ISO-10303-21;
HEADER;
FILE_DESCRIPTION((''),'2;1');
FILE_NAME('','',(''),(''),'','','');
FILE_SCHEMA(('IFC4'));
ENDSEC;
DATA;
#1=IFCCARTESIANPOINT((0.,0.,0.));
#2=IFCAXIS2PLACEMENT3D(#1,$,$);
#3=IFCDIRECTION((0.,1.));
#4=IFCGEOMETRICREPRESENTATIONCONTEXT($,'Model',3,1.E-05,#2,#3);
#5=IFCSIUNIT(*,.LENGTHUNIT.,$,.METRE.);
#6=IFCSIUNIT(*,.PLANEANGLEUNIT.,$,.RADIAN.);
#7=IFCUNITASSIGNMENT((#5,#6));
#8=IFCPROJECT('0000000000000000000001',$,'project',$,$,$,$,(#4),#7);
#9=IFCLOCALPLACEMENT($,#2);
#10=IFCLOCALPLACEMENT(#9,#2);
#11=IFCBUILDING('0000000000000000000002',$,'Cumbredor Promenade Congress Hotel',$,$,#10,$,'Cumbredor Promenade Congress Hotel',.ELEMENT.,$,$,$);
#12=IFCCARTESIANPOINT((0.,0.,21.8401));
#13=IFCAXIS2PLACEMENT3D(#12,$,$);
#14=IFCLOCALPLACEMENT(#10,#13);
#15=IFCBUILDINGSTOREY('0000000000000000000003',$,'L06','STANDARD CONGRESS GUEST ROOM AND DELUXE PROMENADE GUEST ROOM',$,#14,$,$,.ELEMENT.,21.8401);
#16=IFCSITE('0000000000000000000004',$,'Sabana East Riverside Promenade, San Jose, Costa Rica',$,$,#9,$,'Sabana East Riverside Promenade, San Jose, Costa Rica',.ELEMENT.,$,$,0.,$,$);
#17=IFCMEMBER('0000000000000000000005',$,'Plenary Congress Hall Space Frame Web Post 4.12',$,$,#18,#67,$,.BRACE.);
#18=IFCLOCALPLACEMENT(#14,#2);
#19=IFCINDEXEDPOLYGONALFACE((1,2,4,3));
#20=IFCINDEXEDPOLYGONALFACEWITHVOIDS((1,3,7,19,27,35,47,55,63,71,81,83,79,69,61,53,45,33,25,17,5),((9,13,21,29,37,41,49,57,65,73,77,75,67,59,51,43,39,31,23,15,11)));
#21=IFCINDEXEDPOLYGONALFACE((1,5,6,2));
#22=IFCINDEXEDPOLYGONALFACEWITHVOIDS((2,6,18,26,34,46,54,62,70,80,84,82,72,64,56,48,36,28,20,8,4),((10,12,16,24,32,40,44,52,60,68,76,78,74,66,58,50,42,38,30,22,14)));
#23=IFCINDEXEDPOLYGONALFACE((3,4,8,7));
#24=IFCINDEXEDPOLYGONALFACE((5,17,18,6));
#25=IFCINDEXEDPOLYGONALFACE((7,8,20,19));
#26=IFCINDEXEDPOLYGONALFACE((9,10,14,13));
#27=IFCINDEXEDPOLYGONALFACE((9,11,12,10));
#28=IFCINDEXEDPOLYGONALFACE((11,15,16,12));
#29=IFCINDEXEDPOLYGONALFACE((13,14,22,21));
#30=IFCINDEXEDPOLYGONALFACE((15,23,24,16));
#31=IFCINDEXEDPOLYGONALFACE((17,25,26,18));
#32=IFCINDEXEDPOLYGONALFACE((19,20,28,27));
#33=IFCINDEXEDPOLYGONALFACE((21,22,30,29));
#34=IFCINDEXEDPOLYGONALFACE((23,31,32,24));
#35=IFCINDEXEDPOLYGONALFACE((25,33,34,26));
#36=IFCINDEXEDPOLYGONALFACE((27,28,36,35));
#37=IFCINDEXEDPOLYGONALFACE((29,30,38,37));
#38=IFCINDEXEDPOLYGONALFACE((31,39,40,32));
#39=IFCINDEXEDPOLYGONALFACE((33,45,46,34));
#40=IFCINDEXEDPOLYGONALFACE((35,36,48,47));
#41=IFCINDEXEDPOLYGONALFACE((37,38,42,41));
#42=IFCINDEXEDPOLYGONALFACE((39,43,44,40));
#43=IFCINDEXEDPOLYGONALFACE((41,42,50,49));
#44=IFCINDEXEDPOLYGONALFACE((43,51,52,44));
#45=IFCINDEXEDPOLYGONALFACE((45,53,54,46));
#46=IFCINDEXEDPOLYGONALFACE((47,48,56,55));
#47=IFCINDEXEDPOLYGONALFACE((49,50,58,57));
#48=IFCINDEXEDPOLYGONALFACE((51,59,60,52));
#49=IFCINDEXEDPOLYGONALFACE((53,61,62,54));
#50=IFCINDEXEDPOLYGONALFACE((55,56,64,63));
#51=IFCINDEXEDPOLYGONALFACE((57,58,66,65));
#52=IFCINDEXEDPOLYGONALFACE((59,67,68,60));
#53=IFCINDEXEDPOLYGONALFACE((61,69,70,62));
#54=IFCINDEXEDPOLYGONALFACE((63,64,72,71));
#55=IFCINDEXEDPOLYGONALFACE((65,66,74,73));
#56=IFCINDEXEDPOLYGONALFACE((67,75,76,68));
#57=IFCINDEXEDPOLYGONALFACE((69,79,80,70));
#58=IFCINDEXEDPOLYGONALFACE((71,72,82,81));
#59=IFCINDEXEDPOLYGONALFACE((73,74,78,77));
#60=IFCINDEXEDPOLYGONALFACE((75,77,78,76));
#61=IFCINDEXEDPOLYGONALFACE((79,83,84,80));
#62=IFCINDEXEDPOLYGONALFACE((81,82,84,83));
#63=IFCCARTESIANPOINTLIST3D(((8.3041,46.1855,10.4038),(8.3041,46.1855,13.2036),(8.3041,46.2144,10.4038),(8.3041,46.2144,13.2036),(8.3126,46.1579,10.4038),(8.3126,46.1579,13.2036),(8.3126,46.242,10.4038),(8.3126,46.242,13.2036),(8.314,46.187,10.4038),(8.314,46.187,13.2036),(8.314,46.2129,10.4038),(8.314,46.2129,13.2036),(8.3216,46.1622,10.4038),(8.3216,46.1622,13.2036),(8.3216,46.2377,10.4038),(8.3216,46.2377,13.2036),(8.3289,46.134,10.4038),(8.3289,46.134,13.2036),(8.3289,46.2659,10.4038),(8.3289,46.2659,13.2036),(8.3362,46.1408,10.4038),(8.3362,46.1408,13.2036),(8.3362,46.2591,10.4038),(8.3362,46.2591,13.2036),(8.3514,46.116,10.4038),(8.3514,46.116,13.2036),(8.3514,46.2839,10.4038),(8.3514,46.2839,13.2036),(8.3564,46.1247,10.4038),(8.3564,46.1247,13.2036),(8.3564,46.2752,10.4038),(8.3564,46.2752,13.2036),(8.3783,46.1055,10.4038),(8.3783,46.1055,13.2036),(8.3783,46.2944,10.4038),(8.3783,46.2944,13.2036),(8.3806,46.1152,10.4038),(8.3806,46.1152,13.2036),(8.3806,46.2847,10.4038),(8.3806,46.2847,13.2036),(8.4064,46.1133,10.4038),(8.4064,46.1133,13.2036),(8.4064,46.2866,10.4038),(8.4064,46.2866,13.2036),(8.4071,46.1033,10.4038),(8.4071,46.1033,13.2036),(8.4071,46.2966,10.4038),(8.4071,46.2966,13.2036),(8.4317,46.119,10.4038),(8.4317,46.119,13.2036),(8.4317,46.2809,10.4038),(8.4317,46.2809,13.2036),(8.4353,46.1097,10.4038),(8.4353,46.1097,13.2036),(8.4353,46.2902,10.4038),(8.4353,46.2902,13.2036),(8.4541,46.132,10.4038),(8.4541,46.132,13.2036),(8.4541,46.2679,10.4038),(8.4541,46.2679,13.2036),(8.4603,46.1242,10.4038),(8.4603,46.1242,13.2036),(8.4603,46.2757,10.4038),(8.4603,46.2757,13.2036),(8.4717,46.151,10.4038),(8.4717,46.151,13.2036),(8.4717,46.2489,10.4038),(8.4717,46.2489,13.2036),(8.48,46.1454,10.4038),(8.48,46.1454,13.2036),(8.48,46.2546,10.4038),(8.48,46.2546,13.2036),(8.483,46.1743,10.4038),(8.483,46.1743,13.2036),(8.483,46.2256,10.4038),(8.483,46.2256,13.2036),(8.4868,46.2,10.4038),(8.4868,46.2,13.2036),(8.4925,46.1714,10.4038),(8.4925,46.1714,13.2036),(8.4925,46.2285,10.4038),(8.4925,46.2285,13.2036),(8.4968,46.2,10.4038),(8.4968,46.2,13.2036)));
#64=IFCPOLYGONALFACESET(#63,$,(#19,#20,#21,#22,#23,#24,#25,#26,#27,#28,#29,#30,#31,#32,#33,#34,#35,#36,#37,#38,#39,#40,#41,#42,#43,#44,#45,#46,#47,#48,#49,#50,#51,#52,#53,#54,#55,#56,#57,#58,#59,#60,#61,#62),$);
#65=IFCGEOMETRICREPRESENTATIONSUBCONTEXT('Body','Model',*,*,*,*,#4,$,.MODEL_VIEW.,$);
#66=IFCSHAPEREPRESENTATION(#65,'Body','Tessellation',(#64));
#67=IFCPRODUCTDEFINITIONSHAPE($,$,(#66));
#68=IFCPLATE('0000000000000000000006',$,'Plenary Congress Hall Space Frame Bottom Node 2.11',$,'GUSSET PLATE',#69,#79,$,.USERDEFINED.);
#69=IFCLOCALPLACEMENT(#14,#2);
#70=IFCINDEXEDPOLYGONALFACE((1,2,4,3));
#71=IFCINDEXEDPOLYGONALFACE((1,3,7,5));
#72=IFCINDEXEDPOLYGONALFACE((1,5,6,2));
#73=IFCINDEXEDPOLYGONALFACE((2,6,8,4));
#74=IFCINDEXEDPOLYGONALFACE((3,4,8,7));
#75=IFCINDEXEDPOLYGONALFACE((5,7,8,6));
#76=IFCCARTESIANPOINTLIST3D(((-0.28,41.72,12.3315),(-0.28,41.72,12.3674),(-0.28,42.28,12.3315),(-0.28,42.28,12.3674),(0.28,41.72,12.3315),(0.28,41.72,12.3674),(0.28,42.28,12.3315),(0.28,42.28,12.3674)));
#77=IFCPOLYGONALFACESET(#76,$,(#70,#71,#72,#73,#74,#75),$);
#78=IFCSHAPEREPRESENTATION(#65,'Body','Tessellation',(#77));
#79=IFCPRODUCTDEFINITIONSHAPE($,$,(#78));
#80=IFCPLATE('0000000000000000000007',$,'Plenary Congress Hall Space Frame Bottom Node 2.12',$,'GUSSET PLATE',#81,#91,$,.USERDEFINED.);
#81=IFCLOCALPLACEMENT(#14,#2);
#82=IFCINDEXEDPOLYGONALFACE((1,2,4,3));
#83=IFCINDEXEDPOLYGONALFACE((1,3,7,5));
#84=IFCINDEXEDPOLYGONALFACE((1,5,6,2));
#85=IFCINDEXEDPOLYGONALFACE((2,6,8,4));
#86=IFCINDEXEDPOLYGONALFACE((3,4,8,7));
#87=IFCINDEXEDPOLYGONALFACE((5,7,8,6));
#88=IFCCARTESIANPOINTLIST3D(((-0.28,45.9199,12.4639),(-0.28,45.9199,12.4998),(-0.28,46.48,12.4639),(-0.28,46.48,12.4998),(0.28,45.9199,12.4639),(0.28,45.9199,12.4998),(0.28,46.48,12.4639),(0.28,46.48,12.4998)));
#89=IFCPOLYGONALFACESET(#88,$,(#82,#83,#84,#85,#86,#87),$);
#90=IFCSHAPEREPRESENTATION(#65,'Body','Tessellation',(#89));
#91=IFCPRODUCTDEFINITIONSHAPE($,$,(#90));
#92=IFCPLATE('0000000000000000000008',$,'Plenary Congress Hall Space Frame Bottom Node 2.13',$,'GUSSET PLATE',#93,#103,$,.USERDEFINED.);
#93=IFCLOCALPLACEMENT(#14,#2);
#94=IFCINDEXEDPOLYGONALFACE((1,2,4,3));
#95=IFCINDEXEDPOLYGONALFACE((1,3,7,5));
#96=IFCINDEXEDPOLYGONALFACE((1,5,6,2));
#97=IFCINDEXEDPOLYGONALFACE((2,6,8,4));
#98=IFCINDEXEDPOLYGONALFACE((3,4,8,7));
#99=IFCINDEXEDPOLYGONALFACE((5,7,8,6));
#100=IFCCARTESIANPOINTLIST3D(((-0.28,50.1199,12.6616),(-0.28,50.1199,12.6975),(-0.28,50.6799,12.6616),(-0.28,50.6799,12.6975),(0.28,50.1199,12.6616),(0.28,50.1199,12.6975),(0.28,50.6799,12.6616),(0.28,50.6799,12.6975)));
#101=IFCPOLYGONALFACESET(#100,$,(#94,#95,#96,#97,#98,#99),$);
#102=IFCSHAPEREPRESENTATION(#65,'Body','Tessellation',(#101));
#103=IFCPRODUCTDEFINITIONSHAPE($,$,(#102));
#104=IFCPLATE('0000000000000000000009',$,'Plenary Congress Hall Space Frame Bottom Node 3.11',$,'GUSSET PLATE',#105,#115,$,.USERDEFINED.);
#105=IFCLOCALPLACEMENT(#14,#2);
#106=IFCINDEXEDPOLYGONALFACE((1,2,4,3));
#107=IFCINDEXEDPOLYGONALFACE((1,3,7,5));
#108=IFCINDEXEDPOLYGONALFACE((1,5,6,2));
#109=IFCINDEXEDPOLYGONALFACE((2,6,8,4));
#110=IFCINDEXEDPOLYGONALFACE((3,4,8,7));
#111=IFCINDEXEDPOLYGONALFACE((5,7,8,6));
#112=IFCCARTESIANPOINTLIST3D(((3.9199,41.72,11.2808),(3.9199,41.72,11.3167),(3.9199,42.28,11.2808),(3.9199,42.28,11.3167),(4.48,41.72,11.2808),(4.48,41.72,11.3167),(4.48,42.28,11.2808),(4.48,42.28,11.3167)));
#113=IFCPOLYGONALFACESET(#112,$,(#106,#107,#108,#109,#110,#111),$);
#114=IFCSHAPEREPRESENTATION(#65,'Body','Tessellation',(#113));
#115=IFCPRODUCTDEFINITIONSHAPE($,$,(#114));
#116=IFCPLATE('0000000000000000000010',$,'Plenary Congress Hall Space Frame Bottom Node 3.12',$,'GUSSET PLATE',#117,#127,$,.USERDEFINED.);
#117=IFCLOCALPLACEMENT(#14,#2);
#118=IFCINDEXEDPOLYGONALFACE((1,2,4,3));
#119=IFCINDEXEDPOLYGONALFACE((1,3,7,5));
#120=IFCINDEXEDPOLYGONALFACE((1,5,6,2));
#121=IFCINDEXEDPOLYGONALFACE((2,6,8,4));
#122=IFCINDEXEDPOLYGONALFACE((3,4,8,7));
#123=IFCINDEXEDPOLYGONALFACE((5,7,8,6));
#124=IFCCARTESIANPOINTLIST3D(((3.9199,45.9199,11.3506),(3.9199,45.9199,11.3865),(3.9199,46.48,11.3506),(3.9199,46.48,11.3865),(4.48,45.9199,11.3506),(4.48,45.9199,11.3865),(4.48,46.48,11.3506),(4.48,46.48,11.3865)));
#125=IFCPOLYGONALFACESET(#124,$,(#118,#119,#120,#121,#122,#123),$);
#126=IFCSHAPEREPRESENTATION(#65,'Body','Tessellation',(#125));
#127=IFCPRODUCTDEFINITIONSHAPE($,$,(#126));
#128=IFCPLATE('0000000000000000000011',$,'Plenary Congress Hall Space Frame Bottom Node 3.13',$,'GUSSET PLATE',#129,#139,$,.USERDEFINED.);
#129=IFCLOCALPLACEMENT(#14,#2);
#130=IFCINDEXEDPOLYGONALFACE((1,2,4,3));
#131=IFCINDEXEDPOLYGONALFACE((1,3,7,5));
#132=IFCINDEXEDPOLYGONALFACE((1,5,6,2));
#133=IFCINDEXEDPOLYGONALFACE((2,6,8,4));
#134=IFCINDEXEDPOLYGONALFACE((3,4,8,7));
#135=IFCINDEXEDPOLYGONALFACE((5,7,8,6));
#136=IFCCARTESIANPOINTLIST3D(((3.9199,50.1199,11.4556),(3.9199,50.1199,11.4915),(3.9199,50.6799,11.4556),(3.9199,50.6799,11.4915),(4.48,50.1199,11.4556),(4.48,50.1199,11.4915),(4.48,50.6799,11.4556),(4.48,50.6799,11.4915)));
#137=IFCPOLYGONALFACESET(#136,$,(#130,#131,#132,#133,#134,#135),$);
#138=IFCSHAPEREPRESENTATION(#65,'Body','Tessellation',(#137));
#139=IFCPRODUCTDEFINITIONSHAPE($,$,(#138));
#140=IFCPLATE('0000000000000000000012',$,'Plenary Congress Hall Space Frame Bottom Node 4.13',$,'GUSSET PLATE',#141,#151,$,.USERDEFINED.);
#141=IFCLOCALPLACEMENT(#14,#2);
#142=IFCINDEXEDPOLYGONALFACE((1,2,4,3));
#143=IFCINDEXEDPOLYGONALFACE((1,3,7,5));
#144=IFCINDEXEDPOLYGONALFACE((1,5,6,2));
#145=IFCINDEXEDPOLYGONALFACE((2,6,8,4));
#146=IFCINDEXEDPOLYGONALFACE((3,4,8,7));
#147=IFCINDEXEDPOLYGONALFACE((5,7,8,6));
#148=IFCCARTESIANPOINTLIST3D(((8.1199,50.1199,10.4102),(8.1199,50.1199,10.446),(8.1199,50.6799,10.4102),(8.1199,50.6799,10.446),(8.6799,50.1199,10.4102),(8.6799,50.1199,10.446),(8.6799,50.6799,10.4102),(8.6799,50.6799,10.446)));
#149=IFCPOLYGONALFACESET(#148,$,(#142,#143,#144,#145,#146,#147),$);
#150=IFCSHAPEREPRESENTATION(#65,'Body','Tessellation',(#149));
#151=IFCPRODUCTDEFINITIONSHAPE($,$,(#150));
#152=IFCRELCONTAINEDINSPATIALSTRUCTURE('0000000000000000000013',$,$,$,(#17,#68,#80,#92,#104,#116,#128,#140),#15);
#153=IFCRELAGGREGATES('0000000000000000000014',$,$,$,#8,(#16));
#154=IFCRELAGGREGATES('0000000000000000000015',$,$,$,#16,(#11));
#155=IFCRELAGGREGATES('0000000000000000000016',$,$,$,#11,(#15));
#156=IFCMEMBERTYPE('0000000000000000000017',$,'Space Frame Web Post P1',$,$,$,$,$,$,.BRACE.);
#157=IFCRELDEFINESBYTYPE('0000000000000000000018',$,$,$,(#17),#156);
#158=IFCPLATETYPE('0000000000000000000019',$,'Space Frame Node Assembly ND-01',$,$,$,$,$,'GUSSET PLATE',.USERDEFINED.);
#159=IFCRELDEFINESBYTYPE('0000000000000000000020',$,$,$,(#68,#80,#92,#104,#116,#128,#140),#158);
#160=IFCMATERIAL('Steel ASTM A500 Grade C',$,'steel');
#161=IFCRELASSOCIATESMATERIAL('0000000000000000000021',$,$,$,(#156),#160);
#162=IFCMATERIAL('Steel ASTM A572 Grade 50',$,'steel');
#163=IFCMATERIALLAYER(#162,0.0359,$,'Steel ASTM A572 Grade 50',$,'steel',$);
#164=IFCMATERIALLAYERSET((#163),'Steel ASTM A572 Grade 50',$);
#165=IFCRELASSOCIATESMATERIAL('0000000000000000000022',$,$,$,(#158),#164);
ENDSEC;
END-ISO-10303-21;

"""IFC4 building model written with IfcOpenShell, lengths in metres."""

from ifc_helpers import new_model, si_unit, direction, frame, origin, origin_2d, place, context, subcontext, project, spatial, rectangle, hollow_circle, extrude, material, layer, layer_set, material_profile, profile_set, type_object, element, save


model = new_model("IFC4")

# Units and contexts
model_context = context("Model", 3, precision=1e-05, world=origin(), true_north=direction((0.0, 1.0)))
body_context = subcontext(model_context, "Body", "Model", "MODEL_VIEW")
ifc_project = project(units=[si_unit("LENGTHUNIT", "METRE"), si_unit("PLANEANGLEUNIT", "RADIAN")], contexts=[model_context])

# Site, building, storey
site_placement = place(None, origin())
site = spatial("IfcSite", under=ifc_project, at=site_placement, Name="Sabana East Riverside Promenade, San Jose, Costa Rica", LongName="Sabana East Riverside Promenade, San Jose, Costa Rica", CompositionType="ELEMENT", RefElevation=0.0)
building_placement = place(site_placement, origin())
building = spatial("IfcBuilding", under=site, at=building_placement, Name="Cumbredor Promenade Congress Hotel", LongName="Cumbredor Promenade Congress Hotel", CompositionType="ELEMENT")
storey_placement = place(building_placement, frame((0.0, 0.0, 21.8401)))
storey = spatial("IfcBuildingStorey", under=building, at=storey_placement, Name="L06", Description="STANDARD CONGRESS GUEST ROOM AND DELUXE PROMENADE GUEST ROOM", CompositionType="ELEMENT", Elevation=21.8401)

# Member
ifc_material_1 = material(Name="Steel ASTM A500 Grade C", Category="steel")
ifc_material_profile_1 = material_profile(ifc_material_1, hollow_circle(Radius=0.0969, WallThickness=0.01, at=origin_2d()), Name="CHS 193.7x10")
ifc_profile_set_1 = profile_set([ifc_material_profile_1], Name="Steel ASTM A500 Grade C")
member_type_1 = type_object("IfcMemberType", Name="Space Frame Web Post P1", PredefinedType="BRACE", material=ifc_profile_set_1)
for number, where, z_axis, x_axis, name in (
    (1, (8.3999, 46.2, 10.4038), (0.0, 0.0, 1.0), (1.0, 0.0, 0.0), "Plenary Congress Hall Space Frame Web Post 4.12"),
):
    element("IfcMember", number, at=place(storey_placement, frame(where, z_axis=z_axis, x_axis=x_axis)), inside=storey, type_object=member_type_1, Name=name, PredefinedType="BRACE", context=body_context, shape_type="SweptSolid", body=[
        extrude(hollow_circle(Radius=0.0969, WallThickness=0.01, at=origin_2d()), origin(), (0.0, 0.0, 1.0), 2.7998),
    ])

# Plates
ifc_material_2 = material(Name="Steel ASTM A572 Grade 50", Category="steel")
ifc_layer = layer(ifc_material_2, 0.0359, Name="Steel ASTM A572 Grade 50", Category="steel")
ifc_layer_set = layer_set([ifc_layer], Name="Steel ASTM A572 Grade 50")
plate_type = type_object("IfcPlateType", Name="Space Frame Node Assembly ND-01", ElementType="GUSSET PLATE", PredefinedType="USERDEFINED", material=ifc_layer_set)
for number, where, z_axis, x_axis, name in (
    (2, (0.0, 42.0, 12.3315), (0.0, 0.0, 1.0), (1.0, 0.0, 0.0), "Plenary Congress Hall Space Frame Bottom Node 2.11"),
    (3, (0.0, 46.2, 12.4639), (0.0, 0.0, 1.0), (1.0, 0.0, 0.0), "Plenary Congress Hall Space Frame Bottom Node 2.12"),
    (4, (0.0, 50.3999, 12.6616), (0.0, 0.0, 1.0), (1.0, 0.0, 0.0), "Plenary Congress Hall Space Frame Bottom Node 2.13"),
    (5, (4.2, 42.0, 11.2808), (0.0, 0.0, 1.0), (1.0, 0.0, 0.0), "Plenary Congress Hall Space Frame Bottom Node 3.11"),
    (6, (4.2, 46.2, 11.3506), (0.0, 0.0, 1.0), (1.0, 0.0, 0.0), "Plenary Congress Hall Space Frame Bottom Node 3.12"),
    (7, (4.2, 50.3999, 11.4556), (0.0, 0.0, 1.0), (1.0, 0.0, 0.0), "Plenary Congress Hall Space Frame Bottom Node 3.13"),
    (8, (8.3999, 50.3999, 10.4102), (0.0, 0.0, 1.0), (1.0, 0.0, 0.0), "Plenary Congress Hall Space Frame Bottom Node 4.13"),
):
    element("IfcPlate", number, at=place(storey_placement, frame(where, z_axis=z_axis, x_axis=x_axis)), inside=storey, type_object=plate_type, Name=name, ObjectType="GUSSET PLATE", PredefinedType="USERDEFINED", context=body_context, shape_type="SweptSolid", body=[
        extrude(rectangle(XDim=0.5601, YDim=0.5601, at=origin_2d()), origin(), (0.0, 0.0, 1.0), 0.0359),
    ])

save(model, "model.ifc")
